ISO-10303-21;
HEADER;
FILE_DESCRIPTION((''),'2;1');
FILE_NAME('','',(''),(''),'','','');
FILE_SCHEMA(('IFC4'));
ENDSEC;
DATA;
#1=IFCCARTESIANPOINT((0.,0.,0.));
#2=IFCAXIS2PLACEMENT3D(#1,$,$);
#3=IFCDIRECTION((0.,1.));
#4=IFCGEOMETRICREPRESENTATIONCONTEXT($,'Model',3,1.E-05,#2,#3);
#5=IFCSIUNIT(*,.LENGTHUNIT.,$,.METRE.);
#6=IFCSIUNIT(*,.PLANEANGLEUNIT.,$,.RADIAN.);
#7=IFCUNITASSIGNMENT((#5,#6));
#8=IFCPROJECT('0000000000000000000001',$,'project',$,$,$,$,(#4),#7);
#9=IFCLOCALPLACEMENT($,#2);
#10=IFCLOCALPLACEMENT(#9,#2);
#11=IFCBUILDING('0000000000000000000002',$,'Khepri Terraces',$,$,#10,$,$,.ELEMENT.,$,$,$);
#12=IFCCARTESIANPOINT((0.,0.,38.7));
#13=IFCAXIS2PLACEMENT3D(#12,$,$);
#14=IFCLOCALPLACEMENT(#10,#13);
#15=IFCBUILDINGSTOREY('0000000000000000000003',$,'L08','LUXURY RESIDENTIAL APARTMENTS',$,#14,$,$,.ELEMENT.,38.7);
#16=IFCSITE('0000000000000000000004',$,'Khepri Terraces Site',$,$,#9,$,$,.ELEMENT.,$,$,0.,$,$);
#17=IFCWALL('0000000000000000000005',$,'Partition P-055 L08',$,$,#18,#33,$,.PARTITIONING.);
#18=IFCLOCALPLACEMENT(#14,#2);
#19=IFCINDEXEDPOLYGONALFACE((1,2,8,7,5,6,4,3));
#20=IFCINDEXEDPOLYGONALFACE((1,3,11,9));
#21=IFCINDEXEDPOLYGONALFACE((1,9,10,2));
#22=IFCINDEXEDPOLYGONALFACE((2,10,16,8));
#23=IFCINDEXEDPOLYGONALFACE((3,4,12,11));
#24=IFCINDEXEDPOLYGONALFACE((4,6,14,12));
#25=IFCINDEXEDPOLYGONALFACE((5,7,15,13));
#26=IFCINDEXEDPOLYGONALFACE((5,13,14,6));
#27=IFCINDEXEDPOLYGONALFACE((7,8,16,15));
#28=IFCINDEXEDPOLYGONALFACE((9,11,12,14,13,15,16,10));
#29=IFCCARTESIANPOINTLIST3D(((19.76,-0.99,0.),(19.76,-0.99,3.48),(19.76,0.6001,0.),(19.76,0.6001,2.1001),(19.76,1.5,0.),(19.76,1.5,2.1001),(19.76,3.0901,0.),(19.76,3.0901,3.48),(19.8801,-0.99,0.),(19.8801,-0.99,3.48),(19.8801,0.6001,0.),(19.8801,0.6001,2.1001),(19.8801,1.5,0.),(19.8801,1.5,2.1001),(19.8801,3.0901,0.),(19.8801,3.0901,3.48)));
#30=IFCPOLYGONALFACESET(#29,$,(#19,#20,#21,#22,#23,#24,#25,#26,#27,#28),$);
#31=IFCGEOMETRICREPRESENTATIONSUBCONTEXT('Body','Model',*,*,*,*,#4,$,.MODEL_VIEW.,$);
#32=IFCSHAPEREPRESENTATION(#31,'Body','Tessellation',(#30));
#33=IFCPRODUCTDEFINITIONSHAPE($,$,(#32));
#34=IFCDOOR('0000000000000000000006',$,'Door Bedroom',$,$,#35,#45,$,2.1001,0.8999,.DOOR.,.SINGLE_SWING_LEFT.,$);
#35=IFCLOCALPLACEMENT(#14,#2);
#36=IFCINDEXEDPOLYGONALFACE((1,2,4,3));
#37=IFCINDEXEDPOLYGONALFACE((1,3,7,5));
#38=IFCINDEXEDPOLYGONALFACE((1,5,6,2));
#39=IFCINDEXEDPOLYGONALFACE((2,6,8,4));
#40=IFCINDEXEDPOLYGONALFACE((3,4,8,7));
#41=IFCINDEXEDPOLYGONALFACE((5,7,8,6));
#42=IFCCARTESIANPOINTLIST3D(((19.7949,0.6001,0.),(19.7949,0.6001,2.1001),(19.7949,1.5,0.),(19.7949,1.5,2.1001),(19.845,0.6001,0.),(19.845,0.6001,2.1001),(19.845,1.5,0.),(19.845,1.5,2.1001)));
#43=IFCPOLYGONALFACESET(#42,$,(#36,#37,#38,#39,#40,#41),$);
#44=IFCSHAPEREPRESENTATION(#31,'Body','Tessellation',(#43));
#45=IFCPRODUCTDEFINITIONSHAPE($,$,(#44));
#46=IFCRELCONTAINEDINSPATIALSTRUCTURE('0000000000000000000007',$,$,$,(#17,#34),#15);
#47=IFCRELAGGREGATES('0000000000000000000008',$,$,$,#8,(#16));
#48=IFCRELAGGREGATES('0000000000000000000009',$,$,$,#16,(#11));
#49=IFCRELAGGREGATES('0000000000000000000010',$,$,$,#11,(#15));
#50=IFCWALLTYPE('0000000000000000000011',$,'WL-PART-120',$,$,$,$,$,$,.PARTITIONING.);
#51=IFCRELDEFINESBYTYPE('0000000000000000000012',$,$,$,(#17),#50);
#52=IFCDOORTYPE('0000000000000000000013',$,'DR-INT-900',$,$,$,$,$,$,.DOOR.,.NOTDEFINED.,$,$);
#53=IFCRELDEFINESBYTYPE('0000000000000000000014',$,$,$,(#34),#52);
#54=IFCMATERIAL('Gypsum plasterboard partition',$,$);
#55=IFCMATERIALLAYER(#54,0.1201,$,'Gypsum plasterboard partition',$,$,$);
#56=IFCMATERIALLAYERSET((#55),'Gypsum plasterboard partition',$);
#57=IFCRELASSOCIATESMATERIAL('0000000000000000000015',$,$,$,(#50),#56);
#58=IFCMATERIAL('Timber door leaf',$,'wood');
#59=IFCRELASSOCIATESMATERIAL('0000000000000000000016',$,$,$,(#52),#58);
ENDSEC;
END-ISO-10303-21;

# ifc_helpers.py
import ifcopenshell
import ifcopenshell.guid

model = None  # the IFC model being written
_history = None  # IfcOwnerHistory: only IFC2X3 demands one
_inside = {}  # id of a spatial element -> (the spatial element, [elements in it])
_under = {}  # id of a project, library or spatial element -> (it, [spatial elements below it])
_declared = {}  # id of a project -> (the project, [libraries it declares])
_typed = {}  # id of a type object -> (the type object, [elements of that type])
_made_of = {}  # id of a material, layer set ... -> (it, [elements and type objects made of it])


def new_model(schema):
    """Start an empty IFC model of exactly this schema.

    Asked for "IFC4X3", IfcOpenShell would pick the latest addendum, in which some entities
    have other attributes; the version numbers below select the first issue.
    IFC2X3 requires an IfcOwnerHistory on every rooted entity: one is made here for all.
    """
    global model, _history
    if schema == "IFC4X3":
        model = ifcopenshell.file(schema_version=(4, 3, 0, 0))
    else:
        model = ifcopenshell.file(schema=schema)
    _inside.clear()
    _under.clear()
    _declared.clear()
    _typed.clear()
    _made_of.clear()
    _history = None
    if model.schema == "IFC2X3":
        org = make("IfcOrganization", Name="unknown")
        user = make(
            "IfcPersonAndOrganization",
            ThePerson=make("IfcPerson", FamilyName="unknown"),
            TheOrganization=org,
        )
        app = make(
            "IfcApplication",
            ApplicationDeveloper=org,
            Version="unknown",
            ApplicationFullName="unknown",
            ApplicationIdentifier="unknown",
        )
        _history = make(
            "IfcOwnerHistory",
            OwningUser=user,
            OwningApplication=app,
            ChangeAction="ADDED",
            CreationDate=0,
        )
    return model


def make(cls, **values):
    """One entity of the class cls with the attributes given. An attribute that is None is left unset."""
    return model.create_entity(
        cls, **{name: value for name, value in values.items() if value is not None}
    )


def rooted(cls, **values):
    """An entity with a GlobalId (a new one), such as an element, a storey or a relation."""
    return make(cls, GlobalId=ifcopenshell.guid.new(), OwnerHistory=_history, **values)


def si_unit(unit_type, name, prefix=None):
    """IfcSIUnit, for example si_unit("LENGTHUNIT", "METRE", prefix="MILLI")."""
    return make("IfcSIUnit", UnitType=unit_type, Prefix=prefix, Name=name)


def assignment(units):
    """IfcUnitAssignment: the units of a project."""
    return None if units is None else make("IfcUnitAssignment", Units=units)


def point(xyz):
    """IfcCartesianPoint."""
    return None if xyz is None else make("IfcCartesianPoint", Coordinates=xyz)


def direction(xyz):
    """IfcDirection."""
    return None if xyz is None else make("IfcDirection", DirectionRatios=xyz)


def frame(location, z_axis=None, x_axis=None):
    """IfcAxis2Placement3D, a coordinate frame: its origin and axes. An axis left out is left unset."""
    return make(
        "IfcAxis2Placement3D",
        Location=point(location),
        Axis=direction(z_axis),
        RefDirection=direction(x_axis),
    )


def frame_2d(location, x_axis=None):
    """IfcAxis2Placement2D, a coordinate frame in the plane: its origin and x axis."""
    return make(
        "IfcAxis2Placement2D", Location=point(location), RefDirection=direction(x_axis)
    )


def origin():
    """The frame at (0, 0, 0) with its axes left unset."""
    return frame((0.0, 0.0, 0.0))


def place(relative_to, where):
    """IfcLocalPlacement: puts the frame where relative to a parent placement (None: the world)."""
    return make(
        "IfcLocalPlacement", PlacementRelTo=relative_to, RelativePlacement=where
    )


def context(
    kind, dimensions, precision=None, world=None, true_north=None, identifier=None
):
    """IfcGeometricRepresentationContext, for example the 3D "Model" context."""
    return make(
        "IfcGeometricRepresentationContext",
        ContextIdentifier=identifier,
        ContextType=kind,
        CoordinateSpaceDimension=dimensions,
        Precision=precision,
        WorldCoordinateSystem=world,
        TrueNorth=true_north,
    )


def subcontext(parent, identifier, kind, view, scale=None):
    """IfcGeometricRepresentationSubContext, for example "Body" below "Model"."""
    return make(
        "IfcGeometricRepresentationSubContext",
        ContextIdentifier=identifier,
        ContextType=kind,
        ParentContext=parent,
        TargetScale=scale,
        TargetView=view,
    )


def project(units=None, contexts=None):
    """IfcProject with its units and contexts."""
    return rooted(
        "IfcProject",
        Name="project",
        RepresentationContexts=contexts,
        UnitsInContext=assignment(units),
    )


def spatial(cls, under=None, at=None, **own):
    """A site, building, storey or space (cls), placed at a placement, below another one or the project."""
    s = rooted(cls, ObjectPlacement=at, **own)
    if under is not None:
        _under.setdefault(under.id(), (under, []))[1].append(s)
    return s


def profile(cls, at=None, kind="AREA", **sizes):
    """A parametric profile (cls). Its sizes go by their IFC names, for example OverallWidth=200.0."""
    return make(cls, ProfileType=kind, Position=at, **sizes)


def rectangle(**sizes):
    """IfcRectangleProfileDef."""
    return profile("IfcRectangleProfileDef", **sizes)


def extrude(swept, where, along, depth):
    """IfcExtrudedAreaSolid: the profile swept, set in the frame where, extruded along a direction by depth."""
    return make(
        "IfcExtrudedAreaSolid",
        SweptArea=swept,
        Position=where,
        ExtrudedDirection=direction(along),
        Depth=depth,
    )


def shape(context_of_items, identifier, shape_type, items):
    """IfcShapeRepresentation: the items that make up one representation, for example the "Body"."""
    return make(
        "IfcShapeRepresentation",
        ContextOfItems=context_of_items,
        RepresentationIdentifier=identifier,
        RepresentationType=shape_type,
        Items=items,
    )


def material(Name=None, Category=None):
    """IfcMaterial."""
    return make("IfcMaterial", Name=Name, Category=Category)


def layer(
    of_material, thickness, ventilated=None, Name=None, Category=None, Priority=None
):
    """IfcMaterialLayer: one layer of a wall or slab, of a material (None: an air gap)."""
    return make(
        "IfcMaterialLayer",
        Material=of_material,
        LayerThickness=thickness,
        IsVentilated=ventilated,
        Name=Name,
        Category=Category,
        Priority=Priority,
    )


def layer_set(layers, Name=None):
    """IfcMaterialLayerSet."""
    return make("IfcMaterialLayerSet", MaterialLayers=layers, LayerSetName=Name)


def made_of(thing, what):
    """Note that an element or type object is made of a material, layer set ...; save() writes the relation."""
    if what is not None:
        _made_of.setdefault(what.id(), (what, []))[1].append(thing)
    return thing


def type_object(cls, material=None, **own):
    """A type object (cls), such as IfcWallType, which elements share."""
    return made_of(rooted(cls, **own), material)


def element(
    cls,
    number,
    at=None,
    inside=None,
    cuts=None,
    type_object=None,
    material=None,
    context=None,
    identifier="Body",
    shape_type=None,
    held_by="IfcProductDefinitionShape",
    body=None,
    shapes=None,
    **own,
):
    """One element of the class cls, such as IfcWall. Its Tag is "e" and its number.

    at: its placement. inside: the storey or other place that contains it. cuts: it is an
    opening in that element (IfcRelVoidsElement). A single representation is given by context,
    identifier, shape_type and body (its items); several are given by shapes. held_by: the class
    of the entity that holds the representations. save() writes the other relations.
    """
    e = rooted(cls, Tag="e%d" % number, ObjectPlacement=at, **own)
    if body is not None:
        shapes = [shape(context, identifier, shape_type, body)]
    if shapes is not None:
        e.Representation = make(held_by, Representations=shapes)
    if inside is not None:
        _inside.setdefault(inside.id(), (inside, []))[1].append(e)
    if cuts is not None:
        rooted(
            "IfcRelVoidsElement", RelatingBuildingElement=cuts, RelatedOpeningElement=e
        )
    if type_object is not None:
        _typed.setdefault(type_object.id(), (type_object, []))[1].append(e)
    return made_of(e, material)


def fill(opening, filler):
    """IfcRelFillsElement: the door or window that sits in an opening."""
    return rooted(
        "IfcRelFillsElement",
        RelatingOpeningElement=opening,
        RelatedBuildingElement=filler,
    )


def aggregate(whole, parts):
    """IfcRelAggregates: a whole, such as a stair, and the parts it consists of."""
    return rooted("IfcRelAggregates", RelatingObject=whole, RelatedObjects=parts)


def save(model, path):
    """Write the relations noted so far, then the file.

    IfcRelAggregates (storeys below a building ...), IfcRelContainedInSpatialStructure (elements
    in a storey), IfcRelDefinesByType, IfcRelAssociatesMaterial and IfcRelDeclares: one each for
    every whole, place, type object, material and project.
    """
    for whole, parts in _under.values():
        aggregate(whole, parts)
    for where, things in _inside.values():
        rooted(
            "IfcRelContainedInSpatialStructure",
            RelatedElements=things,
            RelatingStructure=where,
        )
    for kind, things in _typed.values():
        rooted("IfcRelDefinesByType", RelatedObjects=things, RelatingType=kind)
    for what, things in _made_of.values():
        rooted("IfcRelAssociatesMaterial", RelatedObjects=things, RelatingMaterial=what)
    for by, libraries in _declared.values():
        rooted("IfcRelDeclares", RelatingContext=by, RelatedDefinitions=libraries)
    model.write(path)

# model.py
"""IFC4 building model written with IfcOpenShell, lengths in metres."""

from ifc_helpers import new_model, si_unit, direction, frame, frame_2d, origin, place, context, subcontext, project, spatial, rectangle, extrude, material, layer, layer_set, type_object, element, fill, save


model = new_model("IFC4")

# Units and contexts
model_context = context("Model", 3, precision=1e-05, world=origin(), true_north=direction((0.0, 1.0)))
body_context = subcontext(model_context, "Body", "Model", "MODEL_VIEW")
ifc_project = project(units=[si_unit("LENGTHUNIT", "METRE"), si_unit("PLANEANGLEUNIT", "RADIAN")], contexts=[model_context])

# Site, building, storey
site_placement = place(None, origin())
site = spatial("IfcSite", under=ifc_project, at=site_placement, Name="Khepri Terraces Site", CompositionType="ELEMENT", RefElevation=0.0)
building_placement = place(site_placement, origin())
building = spatial("IfcBuilding", under=site, at=building_placement, Name="Khepri Terraces", CompositionType="ELEMENT")
storey_placement = place(building_placement, frame((0.0, 0.0, 38.7)))
storey = spatial("IfcBuildingStorey", under=building, at=storey_placement, Name="L08", Description="LUXURY RESIDENTIAL APARTMENTS", CompositionType="ELEMENT", Elevation=38.7)

# Shared definitions
ifc_material_1 = material(Name="Gypsum plasterboard partition")
ifc_layer = layer(ifc_material_1, 0.1201, Name="Gypsum plasterboard partition")
ifc_layer_set = layer_set([ifc_layer], Name="Gypsum plasterboard partition")
wall_type = type_object("IfcWallType", Name="WL-PART-120", PredefinedType="PARTITIONING", material=ifc_layer_set)
ifc_material_2 = material(Name="Timber door leaf", Category="wood")
door_type_1 = type_object("IfcDoorType", Name="DR-INT-900", OperationType="NOTDEFINED", PredefinedType="DOOR", material=ifc_material_2)

# Wall, opening, door
wall_1_placement = place(storey_placement, frame((19.8201, -0.99, 0.0), z_axis=(0.0, 0.0, 1.0), x_axis=(0.0, 1.0, 0.0)))
wall_1 = element("IfcWall", 1, at=wall_1_placement, inside=storey, type_object=wall_type, Name="Partition P-055 L08", PredefinedType="PARTITIONING", context=body_context, shape_type="SweptSolid", body=[
    extrude(rectangle(XDim=4.0801, YDim=0.1201, at=frame_2d((2.04, 0.0))), origin(), (0.0, 0.0, 1.0), 3.48),
])
opening_1_placement = place(wall_1_placement, frame((1.5901, 0.0, 0.0)))
opening_1 = element("IfcOpeningElement", 2, at=opening_1_placement, cuts=wall_1, PredefinedType="OPENING", context=body_context, shape_type="SweptSolid", body=[
    extrude(rectangle(XDim=0.8999, YDim=2.1001, at=frame_2d((0.45, 1.05))), frame((0.0, 0.0701, 0.0), z_axis=(0.0, -1.0, 0.0), x_axis=(1.0, 0.0, 0.0)), (0.0, 0.0, 1.0), 0.1401),
])
door_1_placement = place(opening_1_placement, frame((0.8999, 0.0, 0.0), z_axis=(0.0, 0.0, 1.0), x_axis=(-1.0, 0.0, 0.0)))
door_1 = element("IfcDoor", 3, at=door_1_placement, inside=storey, type_object=door_type_1, Name="Door Bedroom", OperationType="SINGLE_SWING_LEFT", OverallHeight=2.1001, OverallWidth=0.8999, PredefinedType="DOOR", context=body_context, shape_type="SweptSolid", body=[
    extrude(rectangle(XDim=0.8999, YDim=2.1001, at=frame_2d((0.45, 1.05))), frame((0.0, 0.0249, 0.0), z_axis=(0.0, -1.0, 0.0), x_axis=(1.0, 0.0, 0.0)), (0.0, 0.0, 1.0), 0.05),
])
fill(opening_1, door_1)

save(model, "model.ifc")
